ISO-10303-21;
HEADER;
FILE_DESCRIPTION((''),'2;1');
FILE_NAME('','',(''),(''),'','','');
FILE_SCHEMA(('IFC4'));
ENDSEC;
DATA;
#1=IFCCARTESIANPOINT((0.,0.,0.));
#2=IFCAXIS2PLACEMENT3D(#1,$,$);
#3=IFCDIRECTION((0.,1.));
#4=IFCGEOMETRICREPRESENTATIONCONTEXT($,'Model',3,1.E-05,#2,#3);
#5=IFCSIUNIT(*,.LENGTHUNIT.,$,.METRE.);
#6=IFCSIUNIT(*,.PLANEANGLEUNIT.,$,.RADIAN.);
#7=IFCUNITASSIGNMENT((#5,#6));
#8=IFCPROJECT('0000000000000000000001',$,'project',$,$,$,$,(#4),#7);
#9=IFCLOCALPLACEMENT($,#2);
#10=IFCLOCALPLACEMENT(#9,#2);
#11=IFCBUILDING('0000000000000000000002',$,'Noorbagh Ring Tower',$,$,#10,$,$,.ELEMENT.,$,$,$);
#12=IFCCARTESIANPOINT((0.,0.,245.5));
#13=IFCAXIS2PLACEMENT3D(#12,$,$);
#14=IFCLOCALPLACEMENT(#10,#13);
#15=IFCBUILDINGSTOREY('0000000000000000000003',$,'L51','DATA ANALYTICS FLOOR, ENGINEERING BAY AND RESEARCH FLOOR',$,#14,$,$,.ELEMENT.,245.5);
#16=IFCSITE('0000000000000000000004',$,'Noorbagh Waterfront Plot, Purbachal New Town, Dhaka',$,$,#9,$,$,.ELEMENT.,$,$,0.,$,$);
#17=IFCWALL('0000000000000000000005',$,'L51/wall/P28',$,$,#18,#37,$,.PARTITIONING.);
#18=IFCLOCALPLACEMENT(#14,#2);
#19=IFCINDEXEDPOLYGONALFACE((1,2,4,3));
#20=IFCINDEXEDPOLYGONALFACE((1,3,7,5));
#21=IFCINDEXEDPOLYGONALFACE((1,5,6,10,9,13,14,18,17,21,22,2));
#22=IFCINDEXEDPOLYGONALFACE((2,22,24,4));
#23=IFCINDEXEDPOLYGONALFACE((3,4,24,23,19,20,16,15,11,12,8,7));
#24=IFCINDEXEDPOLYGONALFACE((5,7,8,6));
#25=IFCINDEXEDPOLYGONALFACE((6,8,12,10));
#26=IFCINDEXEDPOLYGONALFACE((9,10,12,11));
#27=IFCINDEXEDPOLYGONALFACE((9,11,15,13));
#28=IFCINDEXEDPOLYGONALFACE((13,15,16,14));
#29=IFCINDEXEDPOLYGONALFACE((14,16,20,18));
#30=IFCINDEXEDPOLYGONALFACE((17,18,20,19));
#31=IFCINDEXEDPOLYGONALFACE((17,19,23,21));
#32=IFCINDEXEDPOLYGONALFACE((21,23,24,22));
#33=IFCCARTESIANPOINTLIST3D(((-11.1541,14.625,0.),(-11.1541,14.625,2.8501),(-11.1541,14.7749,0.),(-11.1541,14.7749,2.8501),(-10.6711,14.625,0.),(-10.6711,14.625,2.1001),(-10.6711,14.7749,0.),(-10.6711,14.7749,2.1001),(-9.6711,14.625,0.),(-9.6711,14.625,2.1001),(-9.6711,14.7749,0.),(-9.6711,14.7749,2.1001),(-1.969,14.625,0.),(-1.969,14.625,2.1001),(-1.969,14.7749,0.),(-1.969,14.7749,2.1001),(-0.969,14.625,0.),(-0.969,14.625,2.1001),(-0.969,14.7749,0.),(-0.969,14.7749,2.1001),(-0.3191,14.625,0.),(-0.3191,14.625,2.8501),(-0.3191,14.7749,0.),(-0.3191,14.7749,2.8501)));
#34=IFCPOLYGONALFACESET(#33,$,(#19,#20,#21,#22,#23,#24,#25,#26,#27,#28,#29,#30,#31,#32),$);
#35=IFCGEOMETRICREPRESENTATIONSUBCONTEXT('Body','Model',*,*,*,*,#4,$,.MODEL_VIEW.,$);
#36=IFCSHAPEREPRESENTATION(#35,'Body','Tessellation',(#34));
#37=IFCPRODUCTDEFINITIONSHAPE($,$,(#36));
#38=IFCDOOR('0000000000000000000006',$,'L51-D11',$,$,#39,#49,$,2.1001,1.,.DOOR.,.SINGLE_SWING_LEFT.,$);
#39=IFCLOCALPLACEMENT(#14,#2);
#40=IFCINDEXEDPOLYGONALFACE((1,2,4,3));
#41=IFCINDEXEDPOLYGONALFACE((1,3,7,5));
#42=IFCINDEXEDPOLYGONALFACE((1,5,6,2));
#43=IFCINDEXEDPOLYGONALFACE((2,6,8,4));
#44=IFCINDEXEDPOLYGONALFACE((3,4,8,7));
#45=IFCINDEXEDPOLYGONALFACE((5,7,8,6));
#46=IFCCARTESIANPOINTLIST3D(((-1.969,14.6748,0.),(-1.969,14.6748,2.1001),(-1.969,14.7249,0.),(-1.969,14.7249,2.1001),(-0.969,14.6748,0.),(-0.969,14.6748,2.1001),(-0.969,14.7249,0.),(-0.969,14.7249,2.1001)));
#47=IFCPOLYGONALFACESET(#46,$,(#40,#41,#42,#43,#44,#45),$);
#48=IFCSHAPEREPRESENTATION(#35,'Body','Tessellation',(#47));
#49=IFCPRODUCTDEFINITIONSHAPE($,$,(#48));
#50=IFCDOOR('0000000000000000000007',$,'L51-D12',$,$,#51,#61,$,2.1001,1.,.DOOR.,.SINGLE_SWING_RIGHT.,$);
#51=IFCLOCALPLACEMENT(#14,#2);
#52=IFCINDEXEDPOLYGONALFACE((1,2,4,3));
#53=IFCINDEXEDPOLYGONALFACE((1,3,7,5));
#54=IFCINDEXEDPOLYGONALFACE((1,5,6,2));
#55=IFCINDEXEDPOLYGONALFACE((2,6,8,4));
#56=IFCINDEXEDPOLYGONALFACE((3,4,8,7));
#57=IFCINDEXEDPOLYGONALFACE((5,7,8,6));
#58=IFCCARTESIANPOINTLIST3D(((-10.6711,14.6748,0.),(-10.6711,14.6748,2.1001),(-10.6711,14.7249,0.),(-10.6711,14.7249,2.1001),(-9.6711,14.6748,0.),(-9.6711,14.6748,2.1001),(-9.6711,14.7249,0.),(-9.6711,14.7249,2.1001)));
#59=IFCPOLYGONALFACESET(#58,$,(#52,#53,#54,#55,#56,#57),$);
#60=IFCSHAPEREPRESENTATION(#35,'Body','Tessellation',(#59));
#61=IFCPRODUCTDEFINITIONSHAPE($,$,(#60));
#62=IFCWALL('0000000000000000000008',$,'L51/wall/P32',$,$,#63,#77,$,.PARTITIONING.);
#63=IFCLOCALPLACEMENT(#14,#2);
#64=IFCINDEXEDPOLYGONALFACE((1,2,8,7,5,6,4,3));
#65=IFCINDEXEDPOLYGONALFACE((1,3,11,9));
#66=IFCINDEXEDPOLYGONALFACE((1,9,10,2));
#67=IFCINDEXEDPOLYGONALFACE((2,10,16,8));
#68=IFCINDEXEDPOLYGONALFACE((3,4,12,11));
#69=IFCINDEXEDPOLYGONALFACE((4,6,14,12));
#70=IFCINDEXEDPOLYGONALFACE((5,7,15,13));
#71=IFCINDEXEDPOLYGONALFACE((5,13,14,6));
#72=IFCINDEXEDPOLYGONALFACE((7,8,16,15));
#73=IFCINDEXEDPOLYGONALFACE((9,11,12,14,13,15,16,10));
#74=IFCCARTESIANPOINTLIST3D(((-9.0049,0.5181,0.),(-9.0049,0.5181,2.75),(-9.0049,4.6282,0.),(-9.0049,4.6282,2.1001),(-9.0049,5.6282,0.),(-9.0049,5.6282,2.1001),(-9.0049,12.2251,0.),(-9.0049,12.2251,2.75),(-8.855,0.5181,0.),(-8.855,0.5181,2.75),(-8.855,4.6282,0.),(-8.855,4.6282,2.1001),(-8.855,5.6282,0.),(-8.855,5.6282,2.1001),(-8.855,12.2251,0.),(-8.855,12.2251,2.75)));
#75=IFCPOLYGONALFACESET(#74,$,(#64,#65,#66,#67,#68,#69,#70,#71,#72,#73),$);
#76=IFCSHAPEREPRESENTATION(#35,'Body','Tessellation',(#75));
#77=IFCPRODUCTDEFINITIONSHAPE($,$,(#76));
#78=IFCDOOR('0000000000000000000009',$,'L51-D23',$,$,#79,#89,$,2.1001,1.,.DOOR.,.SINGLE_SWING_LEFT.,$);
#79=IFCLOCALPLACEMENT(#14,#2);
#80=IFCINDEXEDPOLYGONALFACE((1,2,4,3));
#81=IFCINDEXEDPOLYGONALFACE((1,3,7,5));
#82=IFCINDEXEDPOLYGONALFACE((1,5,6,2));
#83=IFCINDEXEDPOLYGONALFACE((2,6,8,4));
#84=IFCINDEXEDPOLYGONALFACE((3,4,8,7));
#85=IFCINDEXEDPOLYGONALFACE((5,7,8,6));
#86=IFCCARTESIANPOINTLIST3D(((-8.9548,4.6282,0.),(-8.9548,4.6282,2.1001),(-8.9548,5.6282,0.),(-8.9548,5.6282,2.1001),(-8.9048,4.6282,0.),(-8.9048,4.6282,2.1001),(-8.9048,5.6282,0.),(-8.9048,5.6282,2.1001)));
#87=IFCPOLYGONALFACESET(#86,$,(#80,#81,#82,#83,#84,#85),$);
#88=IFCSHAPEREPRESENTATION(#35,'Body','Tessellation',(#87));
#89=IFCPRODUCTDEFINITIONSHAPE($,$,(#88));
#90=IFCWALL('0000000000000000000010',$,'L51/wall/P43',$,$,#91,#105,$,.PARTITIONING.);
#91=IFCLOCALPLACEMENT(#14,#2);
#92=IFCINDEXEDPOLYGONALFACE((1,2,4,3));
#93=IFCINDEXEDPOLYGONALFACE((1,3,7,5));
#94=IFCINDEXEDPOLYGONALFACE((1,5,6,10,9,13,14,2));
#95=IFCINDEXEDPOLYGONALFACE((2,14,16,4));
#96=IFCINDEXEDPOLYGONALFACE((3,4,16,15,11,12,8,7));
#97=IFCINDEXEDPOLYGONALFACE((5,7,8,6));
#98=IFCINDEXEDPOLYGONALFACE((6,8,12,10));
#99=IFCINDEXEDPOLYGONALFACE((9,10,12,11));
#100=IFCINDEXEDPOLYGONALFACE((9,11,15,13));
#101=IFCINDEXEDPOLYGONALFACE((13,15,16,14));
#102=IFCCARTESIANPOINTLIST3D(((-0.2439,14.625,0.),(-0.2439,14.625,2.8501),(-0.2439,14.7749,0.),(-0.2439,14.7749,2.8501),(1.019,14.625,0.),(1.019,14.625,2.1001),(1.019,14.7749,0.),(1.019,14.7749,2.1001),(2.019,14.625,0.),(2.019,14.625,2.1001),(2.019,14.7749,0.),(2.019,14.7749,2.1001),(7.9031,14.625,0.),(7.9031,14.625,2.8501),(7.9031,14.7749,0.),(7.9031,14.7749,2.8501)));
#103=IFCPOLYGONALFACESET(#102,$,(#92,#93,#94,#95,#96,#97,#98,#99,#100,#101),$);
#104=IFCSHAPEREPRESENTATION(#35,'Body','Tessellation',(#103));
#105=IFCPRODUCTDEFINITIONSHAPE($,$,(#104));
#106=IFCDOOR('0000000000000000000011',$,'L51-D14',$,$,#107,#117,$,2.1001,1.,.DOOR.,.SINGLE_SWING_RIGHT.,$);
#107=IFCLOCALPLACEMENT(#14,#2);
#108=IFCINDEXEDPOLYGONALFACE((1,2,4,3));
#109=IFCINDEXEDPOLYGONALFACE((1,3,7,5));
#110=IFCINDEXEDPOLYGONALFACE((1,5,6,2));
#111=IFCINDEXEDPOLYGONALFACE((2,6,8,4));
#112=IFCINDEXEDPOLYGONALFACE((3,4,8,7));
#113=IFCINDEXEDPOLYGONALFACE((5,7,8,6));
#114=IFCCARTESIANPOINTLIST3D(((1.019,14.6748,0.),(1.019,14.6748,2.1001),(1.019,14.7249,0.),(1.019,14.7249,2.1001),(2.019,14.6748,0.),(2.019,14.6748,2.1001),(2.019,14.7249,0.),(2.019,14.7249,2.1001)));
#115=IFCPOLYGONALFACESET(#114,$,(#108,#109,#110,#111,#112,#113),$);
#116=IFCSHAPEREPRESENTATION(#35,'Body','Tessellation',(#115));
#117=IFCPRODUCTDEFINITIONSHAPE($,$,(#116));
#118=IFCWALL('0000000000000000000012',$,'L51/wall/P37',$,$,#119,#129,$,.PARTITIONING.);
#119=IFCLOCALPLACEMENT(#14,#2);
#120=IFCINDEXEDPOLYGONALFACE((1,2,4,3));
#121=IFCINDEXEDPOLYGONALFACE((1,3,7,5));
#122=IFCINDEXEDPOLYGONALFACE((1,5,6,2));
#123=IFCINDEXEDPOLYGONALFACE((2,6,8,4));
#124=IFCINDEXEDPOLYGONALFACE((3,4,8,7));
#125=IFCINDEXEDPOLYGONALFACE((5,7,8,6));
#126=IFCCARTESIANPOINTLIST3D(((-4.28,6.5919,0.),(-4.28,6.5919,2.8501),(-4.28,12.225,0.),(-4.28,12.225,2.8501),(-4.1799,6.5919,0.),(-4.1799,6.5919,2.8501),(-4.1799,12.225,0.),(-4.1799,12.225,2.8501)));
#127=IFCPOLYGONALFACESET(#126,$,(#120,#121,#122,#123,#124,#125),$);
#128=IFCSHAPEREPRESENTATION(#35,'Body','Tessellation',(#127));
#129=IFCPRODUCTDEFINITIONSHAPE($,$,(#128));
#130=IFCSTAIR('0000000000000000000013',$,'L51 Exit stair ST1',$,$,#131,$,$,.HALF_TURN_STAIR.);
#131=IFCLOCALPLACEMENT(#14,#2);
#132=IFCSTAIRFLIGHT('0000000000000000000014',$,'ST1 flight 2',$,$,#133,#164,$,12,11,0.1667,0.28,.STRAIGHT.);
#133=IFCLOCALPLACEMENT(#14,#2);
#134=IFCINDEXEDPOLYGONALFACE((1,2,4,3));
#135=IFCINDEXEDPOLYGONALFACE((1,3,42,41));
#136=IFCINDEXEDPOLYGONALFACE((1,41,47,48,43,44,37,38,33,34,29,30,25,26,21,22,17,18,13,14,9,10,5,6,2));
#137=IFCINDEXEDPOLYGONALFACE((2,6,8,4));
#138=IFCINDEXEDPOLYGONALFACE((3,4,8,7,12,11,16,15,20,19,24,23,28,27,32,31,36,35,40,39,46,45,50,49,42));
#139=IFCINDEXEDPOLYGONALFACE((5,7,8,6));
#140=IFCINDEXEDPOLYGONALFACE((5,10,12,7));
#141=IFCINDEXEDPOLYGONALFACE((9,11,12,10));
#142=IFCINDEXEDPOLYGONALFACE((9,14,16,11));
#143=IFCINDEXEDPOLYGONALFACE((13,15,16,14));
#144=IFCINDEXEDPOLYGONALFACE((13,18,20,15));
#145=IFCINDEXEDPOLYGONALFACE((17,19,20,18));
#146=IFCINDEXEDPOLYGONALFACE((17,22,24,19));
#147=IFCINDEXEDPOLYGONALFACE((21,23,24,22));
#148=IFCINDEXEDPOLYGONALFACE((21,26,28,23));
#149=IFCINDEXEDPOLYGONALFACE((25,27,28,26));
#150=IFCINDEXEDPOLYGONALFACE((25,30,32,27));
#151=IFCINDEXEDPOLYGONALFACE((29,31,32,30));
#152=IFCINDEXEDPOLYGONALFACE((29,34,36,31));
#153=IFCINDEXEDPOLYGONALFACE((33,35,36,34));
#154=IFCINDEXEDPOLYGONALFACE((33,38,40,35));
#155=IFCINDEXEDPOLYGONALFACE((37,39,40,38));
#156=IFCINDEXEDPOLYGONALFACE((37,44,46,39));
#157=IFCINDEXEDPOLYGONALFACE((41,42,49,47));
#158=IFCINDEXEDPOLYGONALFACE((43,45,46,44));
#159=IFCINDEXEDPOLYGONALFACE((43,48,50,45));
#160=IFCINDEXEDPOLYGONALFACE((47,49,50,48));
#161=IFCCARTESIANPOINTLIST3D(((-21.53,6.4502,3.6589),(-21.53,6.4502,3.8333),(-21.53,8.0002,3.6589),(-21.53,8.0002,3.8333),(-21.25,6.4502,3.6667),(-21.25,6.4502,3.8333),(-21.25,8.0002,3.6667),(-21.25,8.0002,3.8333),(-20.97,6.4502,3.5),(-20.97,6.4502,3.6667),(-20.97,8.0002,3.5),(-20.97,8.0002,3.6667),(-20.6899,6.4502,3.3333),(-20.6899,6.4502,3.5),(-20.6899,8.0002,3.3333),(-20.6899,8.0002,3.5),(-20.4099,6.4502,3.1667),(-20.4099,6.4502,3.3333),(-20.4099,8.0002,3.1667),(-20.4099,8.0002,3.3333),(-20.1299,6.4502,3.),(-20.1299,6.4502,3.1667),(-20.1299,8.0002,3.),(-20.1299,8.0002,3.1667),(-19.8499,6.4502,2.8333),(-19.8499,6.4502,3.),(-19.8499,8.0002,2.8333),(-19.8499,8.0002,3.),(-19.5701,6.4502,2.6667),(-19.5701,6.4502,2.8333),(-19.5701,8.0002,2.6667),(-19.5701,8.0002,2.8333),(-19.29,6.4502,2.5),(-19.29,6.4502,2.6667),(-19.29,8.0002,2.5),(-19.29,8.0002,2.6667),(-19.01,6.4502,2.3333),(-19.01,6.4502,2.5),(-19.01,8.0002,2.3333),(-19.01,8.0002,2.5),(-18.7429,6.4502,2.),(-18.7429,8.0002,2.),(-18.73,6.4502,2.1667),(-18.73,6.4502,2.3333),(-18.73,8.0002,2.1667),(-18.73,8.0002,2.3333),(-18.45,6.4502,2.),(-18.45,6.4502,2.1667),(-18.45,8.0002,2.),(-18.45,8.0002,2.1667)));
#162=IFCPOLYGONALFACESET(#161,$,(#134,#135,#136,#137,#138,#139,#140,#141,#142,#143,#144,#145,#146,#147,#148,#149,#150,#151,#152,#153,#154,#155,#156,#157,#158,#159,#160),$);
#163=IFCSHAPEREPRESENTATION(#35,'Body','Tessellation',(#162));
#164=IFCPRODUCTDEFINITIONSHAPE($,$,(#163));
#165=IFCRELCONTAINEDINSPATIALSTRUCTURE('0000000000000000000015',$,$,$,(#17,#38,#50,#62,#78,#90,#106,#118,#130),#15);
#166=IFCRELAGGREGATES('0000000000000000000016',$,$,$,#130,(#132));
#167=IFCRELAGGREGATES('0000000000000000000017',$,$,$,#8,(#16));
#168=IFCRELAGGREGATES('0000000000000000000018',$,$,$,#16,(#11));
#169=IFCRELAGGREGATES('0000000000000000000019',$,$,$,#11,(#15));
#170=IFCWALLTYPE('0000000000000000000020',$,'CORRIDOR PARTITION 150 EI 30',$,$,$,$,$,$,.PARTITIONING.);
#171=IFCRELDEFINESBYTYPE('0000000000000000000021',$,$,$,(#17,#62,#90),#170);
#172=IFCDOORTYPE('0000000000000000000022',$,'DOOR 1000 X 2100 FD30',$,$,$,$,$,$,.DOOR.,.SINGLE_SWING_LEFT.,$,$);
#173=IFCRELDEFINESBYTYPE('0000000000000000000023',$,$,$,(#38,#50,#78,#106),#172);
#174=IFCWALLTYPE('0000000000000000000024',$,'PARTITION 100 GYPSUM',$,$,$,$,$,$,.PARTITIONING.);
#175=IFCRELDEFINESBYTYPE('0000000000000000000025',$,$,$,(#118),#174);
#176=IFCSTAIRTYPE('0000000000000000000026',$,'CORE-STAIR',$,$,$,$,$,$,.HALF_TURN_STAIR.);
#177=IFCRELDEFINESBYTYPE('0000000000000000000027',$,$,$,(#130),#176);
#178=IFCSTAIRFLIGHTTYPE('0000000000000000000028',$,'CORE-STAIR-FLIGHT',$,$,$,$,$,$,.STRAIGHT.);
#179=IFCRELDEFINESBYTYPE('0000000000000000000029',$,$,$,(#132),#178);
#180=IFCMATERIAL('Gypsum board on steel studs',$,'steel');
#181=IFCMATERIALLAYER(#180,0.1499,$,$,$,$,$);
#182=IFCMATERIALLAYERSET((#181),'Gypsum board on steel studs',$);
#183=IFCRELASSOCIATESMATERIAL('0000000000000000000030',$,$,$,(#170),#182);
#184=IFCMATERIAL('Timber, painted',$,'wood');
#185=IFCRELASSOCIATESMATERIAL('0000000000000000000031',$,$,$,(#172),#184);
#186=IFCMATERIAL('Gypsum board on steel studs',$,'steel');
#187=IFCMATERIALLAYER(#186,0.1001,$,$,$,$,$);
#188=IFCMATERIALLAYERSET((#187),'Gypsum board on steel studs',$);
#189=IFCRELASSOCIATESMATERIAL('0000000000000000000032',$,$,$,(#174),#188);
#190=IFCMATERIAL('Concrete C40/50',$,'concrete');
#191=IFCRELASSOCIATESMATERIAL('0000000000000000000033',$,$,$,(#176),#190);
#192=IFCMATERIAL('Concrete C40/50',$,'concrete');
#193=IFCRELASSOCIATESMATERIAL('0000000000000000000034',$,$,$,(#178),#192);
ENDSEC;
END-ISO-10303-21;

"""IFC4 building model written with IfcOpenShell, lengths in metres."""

from ifc_helpers import new_model, si_unit, direction, frame, frame_2d, origin, place, context, subcontext, project, spatial, polyline, rectangle, outline, extrude, material, layer, layer_set, type_object, element, fill, aggregate, save


model = new_model("IFC4")

# Units and contexts
model_context = context("Model", 3, precision=1e-05, world=origin(), true_north=direction((0.0, 1.0)))
body_context = subcontext(model_context, "Body", "Model", "MODEL_VIEW")
ifc_project = project(units=[si_unit("LENGTHUNIT", "METRE"), si_unit("PLANEANGLEUNIT", "RADIAN")], contexts=[model_context])

# Site, building, storey
site_placement = place(None, origin())
site = spatial("IfcSite", under=ifc_project, at=site_placement, Name="Noorbagh Waterfront Plot, Purbachal New Town, Dhaka", CompositionType="ELEMENT", RefElevation=0.0)
building_placement = place(site_placement, origin())
building = spatial("IfcBuilding", under=site, at=building_placement, Name="Noorbagh Ring Tower", CompositionType="ELEMENT")
storey_placement = place(building_placement, frame((0.0, 0.0, 245.5)))
storey = spatial("IfcBuildingStorey", under=building, at=storey_placement, Name="L51", Description="DATA ANALYTICS FLOOR, ENGINEERING BAY AND RESEARCH FLOOR", CompositionType="ELEMENT", Elevation=245.5)

# Wall, openings, doors
ifc_material_1 = material(Name="Gypsum board on steel studs", Category="steel")
ifc_layer_1 = layer(ifc_material_1, 0.1499)
ifc_layer_set_1 = layer_set([ifc_layer_1], Name="Gypsum board on steel studs")
wall_type_1 = type_object("IfcWallType", Name="CORRIDOR PARTITION 150 EI 30", PredefinedType="PARTITIONING", material=ifc_layer_set_1)
ifc_material_2 = material(Name="Timber, painted", Category="wood")
door_type_1 = type_object("IfcDoorType", Name="DOOR 1000 X 2100 FD30", OperationType="SINGLE_SWING_LEFT", PredefinedType="DOOR", material=ifc_material_2)
wall_1_placement = place(storey_placement, frame((-11.1541, 14.7, 0.0), z_axis=(0.0, 0.0, 1.0), x_axis=(1.0, 0.0, 0.0)))
wall_1 = element("IfcWall", 1, at=wall_1_placement, inside=storey, type_object=wall_type_1, Name="L51/wall/P28", PredefinedType="PARTITIONING", context=body_context, shape_type="SweptSolid", body=[
    extrude(rectangle(XDim=10.835, YDim=0.1499, at=frame_2d((5.4175, 0.0))), origin(), (0.0, 0.0, 1.0), 2.8501),
])
opening_1_placement = place(wall_1_placement, frame((9.1851, 0.0, 0.0)))
opening_1 = element("IfcOpeningElement", 2, at=opening_1_placement, cuts=wall_1, PredefinedType="OPENING", context=body_context, shape_type="SweptSolid", body=[
    extrude(rectangle(XDim=1.0, YDim=2.1001, at=frame_2d((0.5, 1.05))), frame((0.0, 0.085, 0.0), z_axis=(0.0, -1.0, 0.0), x_axis=(1.0, 0.0, 0.0)), (0.0, 0.0, 1.0), 0.1699),
])
opening_2_placement = place(wall_1_placement, frame((0.4829, 0.0, 0.0)))
opening_2 = element("IfcOpeningElement", 3, at=opening_2_placement, cuts=wall_1, PredefinedType="OPENING", context=body_context, shape_type="SweptSolid", body=[
    extrude(rectangle(XDim=1.0, YDim=2.1001, at=frame_2d((0.5, 1.05))), frame((0.0, 0.085, 0.0), z_axis=(0.0, -1.0, 0.0), x_axis=(1.0, 0.0, 0.0)), (0.0, 0.0, 1.0), 0.1699),
])
door_1_placement = place(opening_1_placement, origin())
door_1 = element("IfcDoor", 4, at=door_1_placement, inside=storey, type_object=door_type_1, Name="L51-D11", OperationType="SINGLE_SWING_LEFT", OverallHeight=2.1001, OverallWidth=1.0, PredefinedType="DOOR", context=body_context, shape_type="SweptSolid", body=[
    extrude(rectangle(XDim=1.0, YDim=2.1001, at=frame_2d((0.5, 1.05))), frame((0.0, 0.0249, 0.0), z_axis=(0.0, -1.0, 0.0), x_axis=(1.0, 0.0, 0.0)), (0.0, 0.0, 1.0), 0.05),
])
fill(opening_1, door_1)
door_2_placement = place(opening_2_placement, origin())
door_2 = element("IfcDoor", 5, at=door_2_placement, inside=storey, type_object=door_type_1, Name="L51-D12", OperationType="SINGLE_SWING_RIGHT", OverallHeight=2.1001, OverallWidth=1.0, PredefinedType="DOOR", context=body_context, shape_type="SweptSolid", body=[
    extrude(rectangle(XDim=1.0, YDim=2.1001, at=frame_2d((0.5, 1.05))), frame((0.0, 0.0249, 0.0), z_axis=(0.0, -1.0, 0.0), x_axis=(1.0, 0.0, 0.0)), (0.0, 0.0, 1.0), 0.05),
])
fill(opening_2, door_2)

# Walls, openings, doors
wall_2_placement = place(storey_placement, frame((-8.9299, 0.5181, 0.0), z_axis=(0.0, 0.0, 1.0), x_axis=(0.0, 1.0, 0.0)))
wall_2 = element("IfcWall", 6, at=wall_2_placement, inside=storey, type_object=wall_type_1, Name="L51/wall/P32", PredefinedType="PARTITIONING", context=body_context, shape_type="SweptSolid", body=[
    extrude(rectangle(XDim=11.707, YDim=0.1499, at=frame_2d((5.8535, 0.0))), origin(), (0.0, 0.0, 1.0), 2.75),
])
opening_3_placement = place(wall_2_placement, frame((4.1101, 0.0, 0.0)))
opening_3 = element("IfcOpeningElement", 7, at=opening_3_placement, cuts=wall_2, PredefinedType="OPENING", context=body_context, shape_type="SweptSolid", body=[
    extrude(rectangle(XDim=1.0, YDim=2.1001, at=frame_2d((0.5, 1.05))), frame((0.0, 0.085, 0.0), z_axis=(0.0, -1.0, 0.0), x_axis=(1.0, 0.0, 0.0)), (0.0, 0.0, 1.0), 0.1699),
])
door_3_placement = place(opening_3_placement, origin())
door_3 = element("IfcDoor", 8, at=door_3_placement, inside=storey, type_object=door_type_1, Name="L51-D23", OperationType="SINGLE_SWING_LEFT", OverallHeight=2.1001, OverallWidth=1.0, PredefinedType="DOOR", context=body_context, shape_type="SweptSolid", body=[
    extrude(rectangle(XDim=1.0, YDim=2.1001, at=frame_2d((0.5, 1.05))), frame((0.0, 0.0249, 0.0), z_axis=(0.0, -1.0, 0.0), x_axis=(1.0, 0.0, 0.0)), (0.0, 0.0, 1.0), 0.05),
])
fill(opening_3, door_3)
wall_3_placement = place(storey_placement, frame((-0.2439, 14.7, 0.0), z_axis=(0.0, 0.0, 1.0), x_axis=(1.0, 0.0, 0.0)))
wall_3 = element("IfcWall", 9, at=wall_3_placement, inside=storey, type_object=wall_type_1, Name="L51/wall/P43", PredefinedType="PARTITIONING", context=body_context, shape_type="SweptSolid", body=[
    extrude(rectangle(XDim=8.147, YDim=0.1499, at=frame_2d((4.0735, 0.0))), origin(), (0.0, 0.0, 1.0), 2.8501),
])
opening_4_placement = place(wall_3_placement, frame((1.2629, 0.0, 0.0)))
opening_4 = element("IfcOpeningElement", 10, at=opening_4_placement, cuts=wall_3, PredefinedType="OPENING", context=body_context, shape_type="SweptSolid", body=[
    extrude(rectangle(XDim=1.0, YDim=2.1001, at=frame_2d((0.5, 1.05))), frame((0.0, 0.085, 0.0), z_axis=(0.0, -1.0, 0.0), x_axis=(1.0, 0.0, 0.0)), (0.0, 0.0, 1.0), 0.1699),
])
door_4_placement = place(opening_4_placement, origin())
door_4 = element("IfcDoor", 11, at=door_4_placement, inside=storey, type_object=door_type_1, Name="L51-D14", OperationType="SINGLE_SWING_RIGHT", OverallHeight=2.1001, OverallWidth=1.0, PredefinedType="DOOR", context=body_context, shape_type="SweptSolid", body=[
    extrude(rectangle(XDim=1.0, YDim=2.1001, at=frame_2d((0.5, 1.05))), frame((0.0, 0.0249, 0.0), z_axis=(0.0, -1.0, 0.0), x_axis=(1.0, 0.0, 0.0)), (0.0, 0.0, 1.0), 0.05),
])
fill(opening_4, door_4)

# Wall
ifc_material_3 = material(Name="Gypsum board on steel studs", Category="steel")
ifc_layer_2 = layer(ifc_material_3, 0.1001)
ifc_layer_set_2 = layer_set([ifc_layer_2], Name="Gypsum board on steel studs")
wall_type_2 = type_object("IfcWallType", Name="PARTITION 100 GYPSUM", PredefinedType="PARTITIONING", material=ifc_layer_set_2)
wall_4_placement = place(storey_placement, frame((-4.23, 6.592, 0.0), z_axis=(0.0, 0.0, 1.0), x_axis=(0.0, 1.0, 0.0)))
element("IfcWall", 12, at=wall_4_placement, inside=storey, type_object=wall_type_2, Name="L51/wall/P37", PredefinedType="PARTITIONING", context=body_context, shape_type="SweptSolid", body=[
    extrude(rectangle(XDim=5.6331, YDim=0.1001, at=frame_2d((2.8164, 0.0))), origin(), (0.0, 0.0, 1.0), 2.8501),
])

# Stair, stair flight
ifc_material_4 = material(Name="Concrete C40/50", Category="concrete")
stair_type = type_object("IfcStairType", Name="CORE-STAIR", PredefinedType="HALF_TURN_STAIR", material=ifc_material_4)
stair_placement = place(storey_placement, origin())
stair = element("IfcStair", 13, at=stair_placement, inside=storey, type_object=stair_type, Name="L51 Exit stair ST1", PredefinedType="HALF_TURN_STAIR")
ifc_material_5 = material(Name="Concrete C40/50", Category="concrete")
stair_flight_type = type_object("IfcStairFlightType", Name="CORE-STAIR-FLIGHT", PredefinedType="STRAIGHT", material=ifc_material_5)
stair_flight_placement = place(storey_placement, frame((-18.45, 7.2251, 2.0), z_axis=(0.0, 0.0, 1.0), x_axis=(-1.0, 0.0, 0.0)))
stair_flight = element("IfcStairFlight", 14, at=stair_flight_placement, type_object=stair_flight_type, Name="ST1 flight 2", NumberOfRisers=12, NumberOfTreads=11, PredefinedType="STRAIGHT", RiserHeight=0.1667, TreadLength=0.28, context=body_context, shape_type="SweptSolid", body=[
    extrude(outline(polyline([(0.0, 0.0), (0.0, 0.1667), (0.28, 0.1667), (0.28, 0.3333), (0.5601, 0.3333), (0.5601, 0.5), (0.8401, 0.5), (0.8401, 0.6667), (1.1201, 0.6667), (1.1201, 0.8333), (1.3999, 0.8333), (1.3999, 1.0), (1.6799, 1.0), (1.6799, 1.1667), (1.96, 1.1667), (1.96, 1.3333), (2.24, 1.3333), (2.24, 1.5), (2.52, 1.5), (2.52, 1.6667), (2.8, 1.6667), (2.8, 1.8333), (3.0801, 1.8333), (3.0801, 2.0), (3.0801, 1.6589), (0.293, 0.0), (0.0, 0.0)])), frame((0.0, 0.7749, 0.0), z_axis=(0.0, -1.0, 0.0), x_axis=(1.0, 0.0, 0.0)), (0.0, 0.0, 1.0), 1.55),
])
aggregate(stair, [stair_flight])

save(model, "model.ifc")
